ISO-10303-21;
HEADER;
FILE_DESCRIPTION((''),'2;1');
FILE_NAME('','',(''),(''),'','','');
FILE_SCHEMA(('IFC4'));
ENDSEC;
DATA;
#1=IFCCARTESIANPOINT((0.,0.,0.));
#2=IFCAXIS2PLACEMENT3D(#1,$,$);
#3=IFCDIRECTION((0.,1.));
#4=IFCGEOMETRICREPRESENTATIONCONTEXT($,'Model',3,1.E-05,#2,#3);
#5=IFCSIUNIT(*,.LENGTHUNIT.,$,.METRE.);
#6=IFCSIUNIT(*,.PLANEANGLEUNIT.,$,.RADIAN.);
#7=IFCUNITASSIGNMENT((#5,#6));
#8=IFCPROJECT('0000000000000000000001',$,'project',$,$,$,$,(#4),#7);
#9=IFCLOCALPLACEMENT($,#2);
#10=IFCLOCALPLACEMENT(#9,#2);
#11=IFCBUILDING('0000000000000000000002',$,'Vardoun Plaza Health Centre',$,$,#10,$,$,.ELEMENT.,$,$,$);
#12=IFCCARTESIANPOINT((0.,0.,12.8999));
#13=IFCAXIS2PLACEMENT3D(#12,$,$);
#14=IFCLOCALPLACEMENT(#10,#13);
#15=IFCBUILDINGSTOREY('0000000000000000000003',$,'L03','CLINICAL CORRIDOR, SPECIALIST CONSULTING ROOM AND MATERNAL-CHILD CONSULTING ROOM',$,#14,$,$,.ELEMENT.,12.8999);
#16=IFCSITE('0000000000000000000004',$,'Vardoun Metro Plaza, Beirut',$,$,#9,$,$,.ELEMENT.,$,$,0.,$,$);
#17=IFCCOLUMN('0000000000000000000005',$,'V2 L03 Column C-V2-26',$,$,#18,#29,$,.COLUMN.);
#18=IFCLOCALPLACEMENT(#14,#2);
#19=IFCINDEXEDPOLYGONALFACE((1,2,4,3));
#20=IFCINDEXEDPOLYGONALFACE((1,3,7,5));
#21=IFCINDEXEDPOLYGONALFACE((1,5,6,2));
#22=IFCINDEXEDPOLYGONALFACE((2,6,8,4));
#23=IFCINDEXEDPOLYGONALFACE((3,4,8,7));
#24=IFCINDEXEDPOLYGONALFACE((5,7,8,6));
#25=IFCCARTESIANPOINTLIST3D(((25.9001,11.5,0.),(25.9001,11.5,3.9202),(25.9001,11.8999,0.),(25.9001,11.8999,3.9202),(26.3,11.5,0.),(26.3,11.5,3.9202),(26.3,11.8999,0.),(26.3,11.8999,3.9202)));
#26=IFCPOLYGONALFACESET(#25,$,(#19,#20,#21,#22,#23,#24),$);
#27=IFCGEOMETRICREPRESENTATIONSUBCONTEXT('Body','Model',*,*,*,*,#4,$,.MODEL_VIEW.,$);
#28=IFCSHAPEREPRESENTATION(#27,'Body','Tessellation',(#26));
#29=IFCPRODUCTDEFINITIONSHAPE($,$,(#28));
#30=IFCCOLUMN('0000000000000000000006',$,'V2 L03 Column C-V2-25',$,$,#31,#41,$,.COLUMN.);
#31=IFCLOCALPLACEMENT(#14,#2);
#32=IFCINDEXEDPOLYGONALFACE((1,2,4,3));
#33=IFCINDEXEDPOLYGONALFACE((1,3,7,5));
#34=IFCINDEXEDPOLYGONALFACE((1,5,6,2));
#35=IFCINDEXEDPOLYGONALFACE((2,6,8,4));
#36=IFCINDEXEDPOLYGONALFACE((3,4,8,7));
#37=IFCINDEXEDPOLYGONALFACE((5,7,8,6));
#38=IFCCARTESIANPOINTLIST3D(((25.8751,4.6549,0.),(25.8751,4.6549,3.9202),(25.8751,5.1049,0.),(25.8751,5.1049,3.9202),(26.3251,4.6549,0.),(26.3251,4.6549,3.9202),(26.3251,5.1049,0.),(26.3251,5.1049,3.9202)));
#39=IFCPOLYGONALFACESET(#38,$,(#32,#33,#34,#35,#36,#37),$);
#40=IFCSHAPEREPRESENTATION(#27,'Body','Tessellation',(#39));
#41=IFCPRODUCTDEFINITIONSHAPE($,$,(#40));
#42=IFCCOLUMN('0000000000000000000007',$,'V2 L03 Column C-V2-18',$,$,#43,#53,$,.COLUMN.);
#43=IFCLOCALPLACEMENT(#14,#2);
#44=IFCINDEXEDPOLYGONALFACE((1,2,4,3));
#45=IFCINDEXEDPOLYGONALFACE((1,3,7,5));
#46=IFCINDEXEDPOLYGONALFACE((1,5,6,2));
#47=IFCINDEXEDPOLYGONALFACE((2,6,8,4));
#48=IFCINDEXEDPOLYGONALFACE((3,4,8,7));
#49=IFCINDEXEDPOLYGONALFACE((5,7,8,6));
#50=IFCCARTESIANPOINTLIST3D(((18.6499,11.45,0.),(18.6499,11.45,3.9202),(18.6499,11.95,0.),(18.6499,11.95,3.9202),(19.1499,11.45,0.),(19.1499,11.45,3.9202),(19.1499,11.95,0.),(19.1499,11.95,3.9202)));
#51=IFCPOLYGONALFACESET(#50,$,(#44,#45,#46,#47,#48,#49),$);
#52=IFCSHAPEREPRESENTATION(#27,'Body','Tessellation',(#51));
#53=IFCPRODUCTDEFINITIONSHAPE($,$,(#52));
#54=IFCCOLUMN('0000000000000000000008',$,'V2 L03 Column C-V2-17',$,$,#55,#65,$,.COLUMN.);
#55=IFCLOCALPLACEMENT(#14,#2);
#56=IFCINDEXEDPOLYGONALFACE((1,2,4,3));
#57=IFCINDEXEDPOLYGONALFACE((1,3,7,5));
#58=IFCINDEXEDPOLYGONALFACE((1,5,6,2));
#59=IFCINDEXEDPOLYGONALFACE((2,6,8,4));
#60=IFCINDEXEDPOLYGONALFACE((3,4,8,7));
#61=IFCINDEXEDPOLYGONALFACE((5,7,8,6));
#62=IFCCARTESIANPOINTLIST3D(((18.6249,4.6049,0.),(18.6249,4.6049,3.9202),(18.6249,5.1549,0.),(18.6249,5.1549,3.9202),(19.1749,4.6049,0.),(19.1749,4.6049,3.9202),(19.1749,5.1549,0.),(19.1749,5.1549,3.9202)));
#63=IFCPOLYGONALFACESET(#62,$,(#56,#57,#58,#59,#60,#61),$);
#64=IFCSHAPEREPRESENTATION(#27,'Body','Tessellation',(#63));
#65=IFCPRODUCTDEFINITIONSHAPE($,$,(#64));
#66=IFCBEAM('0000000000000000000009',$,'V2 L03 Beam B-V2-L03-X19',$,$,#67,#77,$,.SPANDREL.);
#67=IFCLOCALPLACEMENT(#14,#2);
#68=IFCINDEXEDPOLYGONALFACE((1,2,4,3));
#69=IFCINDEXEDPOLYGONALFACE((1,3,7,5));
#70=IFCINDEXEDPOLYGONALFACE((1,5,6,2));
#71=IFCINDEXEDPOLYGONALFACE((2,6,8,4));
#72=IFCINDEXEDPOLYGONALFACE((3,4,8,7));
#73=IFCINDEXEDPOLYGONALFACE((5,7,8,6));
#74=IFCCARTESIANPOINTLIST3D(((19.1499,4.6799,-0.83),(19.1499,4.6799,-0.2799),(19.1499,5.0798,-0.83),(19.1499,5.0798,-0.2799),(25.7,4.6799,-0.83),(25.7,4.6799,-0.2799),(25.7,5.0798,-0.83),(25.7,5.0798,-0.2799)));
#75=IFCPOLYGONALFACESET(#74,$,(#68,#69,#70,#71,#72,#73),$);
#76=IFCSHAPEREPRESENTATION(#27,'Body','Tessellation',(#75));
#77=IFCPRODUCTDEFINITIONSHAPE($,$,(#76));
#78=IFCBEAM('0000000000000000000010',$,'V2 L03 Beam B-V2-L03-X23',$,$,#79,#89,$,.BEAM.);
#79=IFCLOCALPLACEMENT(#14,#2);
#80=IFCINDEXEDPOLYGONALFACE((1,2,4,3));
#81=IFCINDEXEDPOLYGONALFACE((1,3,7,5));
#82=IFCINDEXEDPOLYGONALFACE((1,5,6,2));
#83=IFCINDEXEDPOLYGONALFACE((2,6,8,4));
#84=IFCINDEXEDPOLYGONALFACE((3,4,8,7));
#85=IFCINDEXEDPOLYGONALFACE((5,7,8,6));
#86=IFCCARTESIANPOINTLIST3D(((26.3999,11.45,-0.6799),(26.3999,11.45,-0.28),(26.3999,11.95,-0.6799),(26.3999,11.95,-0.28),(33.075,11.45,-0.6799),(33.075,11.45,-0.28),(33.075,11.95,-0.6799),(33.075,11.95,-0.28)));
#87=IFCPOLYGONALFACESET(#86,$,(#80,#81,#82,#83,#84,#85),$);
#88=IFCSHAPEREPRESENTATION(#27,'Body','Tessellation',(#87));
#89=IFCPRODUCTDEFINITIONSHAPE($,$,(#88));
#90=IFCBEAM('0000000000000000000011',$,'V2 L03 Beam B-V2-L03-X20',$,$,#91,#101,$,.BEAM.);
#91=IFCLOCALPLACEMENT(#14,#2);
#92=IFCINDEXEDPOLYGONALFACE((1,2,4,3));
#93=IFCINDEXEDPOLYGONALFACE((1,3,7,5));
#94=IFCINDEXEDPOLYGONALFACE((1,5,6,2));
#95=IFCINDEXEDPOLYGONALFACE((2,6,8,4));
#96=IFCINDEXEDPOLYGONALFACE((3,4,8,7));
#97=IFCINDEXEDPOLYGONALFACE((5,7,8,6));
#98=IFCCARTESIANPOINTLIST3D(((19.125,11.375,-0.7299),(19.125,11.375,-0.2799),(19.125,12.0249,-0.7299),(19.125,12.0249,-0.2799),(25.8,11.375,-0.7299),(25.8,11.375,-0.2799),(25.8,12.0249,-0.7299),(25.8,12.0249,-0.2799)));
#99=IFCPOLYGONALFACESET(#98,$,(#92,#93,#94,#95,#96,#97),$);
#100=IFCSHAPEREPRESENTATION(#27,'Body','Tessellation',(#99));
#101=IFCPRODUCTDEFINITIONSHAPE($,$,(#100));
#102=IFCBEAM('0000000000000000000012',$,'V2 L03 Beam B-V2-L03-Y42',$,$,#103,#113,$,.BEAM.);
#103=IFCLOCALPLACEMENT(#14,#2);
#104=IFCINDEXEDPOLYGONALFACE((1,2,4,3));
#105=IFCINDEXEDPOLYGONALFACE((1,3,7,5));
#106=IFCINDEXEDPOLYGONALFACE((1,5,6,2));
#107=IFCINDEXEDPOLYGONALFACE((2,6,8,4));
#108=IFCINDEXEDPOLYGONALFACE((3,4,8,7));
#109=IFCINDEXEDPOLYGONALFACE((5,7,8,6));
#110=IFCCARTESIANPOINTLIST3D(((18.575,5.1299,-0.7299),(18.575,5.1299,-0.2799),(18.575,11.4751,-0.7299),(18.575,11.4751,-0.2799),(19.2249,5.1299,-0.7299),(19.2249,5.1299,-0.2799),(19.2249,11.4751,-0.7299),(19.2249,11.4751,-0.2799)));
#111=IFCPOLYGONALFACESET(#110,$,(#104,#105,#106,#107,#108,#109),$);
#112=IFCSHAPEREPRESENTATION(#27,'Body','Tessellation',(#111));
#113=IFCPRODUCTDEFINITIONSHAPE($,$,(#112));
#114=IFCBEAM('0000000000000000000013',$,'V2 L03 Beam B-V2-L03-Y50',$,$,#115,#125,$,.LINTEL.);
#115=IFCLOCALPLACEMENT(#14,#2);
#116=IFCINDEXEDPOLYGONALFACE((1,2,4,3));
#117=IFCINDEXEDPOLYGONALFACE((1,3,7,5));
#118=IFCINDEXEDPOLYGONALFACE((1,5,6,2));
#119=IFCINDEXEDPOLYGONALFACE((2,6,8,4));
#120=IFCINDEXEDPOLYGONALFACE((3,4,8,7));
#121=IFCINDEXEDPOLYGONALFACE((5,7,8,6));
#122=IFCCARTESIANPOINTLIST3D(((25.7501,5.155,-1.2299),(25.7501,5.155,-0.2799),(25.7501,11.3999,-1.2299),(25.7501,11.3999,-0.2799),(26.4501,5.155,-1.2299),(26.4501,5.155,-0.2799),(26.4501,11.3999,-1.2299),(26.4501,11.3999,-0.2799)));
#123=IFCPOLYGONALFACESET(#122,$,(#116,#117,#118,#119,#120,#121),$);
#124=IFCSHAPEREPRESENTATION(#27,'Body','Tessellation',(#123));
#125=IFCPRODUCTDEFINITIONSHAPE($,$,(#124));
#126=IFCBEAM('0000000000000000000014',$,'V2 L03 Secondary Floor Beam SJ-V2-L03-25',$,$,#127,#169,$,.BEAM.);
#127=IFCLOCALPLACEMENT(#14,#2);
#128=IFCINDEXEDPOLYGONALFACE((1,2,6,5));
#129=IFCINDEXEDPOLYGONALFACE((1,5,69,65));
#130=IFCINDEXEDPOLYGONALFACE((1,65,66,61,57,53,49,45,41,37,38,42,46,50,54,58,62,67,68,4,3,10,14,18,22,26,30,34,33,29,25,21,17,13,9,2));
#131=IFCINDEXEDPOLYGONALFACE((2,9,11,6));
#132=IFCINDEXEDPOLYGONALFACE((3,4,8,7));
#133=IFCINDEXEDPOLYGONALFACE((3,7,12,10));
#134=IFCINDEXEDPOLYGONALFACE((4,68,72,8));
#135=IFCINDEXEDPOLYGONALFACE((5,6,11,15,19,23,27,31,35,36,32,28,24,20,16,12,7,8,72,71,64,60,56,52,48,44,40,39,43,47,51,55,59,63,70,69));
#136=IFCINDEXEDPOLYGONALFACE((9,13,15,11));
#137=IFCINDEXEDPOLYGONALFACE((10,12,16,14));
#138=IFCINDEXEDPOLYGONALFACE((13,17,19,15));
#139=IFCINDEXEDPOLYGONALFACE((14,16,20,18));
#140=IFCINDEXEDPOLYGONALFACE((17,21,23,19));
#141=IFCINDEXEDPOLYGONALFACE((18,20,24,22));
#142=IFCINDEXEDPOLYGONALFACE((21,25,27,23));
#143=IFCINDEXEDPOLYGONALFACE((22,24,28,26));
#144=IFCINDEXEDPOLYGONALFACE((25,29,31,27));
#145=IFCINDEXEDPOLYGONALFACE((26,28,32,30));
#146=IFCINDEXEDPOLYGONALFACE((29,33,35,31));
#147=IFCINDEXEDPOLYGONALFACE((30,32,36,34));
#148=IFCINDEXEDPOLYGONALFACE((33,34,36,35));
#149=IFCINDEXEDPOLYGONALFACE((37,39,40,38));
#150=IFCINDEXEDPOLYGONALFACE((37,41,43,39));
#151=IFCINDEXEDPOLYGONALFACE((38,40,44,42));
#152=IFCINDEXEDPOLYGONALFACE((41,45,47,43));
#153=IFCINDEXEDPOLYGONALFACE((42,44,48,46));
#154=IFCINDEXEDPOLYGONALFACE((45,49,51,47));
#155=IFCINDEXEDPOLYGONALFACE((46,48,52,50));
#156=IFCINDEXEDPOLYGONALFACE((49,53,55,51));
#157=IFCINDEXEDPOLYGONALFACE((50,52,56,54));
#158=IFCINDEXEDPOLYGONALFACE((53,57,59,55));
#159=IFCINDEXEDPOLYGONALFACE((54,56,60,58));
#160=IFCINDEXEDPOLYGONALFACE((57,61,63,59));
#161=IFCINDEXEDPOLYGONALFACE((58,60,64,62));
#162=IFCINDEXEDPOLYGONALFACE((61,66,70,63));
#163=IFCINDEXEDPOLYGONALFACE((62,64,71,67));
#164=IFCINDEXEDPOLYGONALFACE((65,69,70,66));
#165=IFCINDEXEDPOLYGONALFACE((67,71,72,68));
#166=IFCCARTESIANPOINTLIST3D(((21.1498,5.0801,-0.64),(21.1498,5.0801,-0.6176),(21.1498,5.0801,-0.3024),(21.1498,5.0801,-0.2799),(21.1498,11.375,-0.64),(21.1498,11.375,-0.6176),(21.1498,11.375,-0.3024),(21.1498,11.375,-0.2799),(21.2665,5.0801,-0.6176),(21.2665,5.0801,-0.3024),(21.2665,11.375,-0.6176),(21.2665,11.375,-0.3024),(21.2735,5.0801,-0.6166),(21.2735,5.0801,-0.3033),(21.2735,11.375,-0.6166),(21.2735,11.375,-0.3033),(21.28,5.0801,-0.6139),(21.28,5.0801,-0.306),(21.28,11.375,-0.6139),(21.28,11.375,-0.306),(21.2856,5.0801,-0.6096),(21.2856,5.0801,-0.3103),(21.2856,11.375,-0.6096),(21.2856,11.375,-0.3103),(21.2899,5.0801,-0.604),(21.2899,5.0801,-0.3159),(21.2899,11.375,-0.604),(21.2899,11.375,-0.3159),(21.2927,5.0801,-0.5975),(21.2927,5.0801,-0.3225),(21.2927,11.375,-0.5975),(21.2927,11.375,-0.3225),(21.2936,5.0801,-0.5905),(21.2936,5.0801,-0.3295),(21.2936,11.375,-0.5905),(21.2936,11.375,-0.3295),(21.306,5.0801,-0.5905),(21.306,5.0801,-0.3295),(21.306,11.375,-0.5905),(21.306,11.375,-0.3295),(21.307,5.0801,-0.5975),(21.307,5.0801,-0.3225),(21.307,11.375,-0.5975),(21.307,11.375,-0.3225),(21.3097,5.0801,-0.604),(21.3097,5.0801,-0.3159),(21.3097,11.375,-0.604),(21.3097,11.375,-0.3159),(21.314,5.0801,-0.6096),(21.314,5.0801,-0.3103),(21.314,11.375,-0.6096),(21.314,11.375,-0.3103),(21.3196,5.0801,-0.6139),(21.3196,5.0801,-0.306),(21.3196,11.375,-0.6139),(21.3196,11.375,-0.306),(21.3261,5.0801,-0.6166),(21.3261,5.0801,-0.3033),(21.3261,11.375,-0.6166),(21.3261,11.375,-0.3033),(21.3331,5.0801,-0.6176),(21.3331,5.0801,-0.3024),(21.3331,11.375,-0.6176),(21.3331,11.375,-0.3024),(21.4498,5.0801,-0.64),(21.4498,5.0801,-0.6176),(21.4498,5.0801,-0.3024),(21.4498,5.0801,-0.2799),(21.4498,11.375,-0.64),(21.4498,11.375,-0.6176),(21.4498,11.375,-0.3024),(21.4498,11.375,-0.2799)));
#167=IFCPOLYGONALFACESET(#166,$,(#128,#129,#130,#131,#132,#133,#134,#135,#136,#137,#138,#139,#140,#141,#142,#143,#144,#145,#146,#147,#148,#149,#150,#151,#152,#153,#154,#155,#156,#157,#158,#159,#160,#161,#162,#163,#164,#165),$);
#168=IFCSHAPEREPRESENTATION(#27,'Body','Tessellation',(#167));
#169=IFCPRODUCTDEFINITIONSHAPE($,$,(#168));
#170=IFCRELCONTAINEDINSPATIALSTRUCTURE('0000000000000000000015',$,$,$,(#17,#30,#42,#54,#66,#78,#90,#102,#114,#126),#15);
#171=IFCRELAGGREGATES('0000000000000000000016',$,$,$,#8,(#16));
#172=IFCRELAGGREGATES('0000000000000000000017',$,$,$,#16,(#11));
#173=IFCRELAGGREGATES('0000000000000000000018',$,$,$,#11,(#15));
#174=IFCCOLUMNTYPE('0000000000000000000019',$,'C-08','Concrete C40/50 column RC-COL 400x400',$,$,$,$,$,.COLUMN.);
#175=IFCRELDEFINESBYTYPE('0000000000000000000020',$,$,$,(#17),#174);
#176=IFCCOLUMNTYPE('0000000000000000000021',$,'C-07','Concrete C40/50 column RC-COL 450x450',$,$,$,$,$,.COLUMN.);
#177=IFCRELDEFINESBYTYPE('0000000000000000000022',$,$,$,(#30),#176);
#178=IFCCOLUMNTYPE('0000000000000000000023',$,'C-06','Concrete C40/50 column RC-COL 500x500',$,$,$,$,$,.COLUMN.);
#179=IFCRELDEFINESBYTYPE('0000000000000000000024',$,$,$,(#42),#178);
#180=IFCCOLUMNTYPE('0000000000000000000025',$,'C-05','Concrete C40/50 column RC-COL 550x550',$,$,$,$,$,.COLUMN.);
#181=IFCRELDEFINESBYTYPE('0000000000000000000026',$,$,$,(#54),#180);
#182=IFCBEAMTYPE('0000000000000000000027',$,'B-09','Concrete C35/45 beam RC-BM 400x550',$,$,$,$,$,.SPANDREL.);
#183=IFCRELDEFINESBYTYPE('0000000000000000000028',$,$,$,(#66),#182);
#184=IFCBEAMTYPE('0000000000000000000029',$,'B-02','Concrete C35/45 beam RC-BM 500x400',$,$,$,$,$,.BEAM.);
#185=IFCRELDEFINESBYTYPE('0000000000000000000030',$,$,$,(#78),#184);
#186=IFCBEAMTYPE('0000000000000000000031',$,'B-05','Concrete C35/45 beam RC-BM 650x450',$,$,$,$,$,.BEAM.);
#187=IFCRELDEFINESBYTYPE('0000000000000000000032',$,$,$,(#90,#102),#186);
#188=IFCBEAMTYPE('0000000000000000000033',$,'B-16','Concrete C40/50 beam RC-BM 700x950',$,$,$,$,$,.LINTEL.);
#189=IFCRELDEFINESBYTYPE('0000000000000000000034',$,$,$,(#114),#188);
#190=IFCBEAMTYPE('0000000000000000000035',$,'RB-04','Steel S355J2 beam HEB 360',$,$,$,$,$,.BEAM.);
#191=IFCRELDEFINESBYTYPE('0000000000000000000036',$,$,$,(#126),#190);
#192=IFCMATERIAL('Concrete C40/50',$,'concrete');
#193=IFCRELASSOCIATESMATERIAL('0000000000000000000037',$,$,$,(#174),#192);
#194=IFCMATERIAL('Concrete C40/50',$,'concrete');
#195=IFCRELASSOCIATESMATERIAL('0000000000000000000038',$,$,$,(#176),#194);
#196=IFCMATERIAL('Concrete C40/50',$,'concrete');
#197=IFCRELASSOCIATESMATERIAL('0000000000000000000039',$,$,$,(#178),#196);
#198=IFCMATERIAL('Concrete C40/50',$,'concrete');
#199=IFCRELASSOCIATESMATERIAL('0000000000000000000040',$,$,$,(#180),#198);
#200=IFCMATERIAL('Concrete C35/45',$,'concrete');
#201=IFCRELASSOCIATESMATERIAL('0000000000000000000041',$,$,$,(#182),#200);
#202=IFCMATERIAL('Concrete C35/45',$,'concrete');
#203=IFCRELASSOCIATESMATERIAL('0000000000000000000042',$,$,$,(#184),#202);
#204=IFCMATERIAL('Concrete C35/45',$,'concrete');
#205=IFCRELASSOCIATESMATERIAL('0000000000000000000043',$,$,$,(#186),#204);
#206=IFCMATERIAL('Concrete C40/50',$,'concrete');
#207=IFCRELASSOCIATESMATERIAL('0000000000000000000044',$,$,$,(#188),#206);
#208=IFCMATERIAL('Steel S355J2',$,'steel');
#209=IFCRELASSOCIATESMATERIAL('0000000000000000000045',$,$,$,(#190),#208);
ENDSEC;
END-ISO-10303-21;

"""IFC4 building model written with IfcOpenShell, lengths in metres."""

from ifc_helpers import new_model, si_unit, direction, frame, origin, origin_2d, place, context, subcontext, project, spatial, rectangle, i_section, extrude, material, material_profile, profile_set, type_object, element, save


model = new_model("IFC4")

# Units and contexts
model_context = context("Model", 3, precision=1e-05, world=origin(), true_north=direction((0.0, 1.0)))
body_context = subcontext(model_context, "Body", "Model", "MODEL_VIEW")
ifc_project = project(units=[si_unit("LENGTHUNIT", "METRE"), si_unit("PLANEANGLEUNIT", "RADIAN")], contexts=[model_context])

# Site, building, storey
site_placement = place(None, origin())
site = spatial("IfcSite", under=ifc_project, at=site_placement, Name="Vardoun Metro Plaza, Beirut", CompositionType="ELEMENT", RefElevation=0.0)
building_placement = place(site_placement, origin())
building = spatial("IfcBuilding", under=site, at=building_placement, Name="Vardoun Plaza Health Centre", CompositionType="ELEMENT")
storey_placement = place(building_placement, frame((0.0, 0.0, 12.8999)))
storey = spatial("IfcBuildingStorey", under=building, at=storey_placement, Name="L03", Description="CLINICAL CORRIDOR, SPECIALIST CONSULTING ROOM AND MATERNAL-CHILD CONSULTING ROOM", CompositionType="ELEMENT", Elevation=12.8999)

# Columns
ifc_material_1 = material(Name="Concrete C40/50", Category="concrete")
ifc_material_profile_1 = material_profile(ifc_material_1, rectangle(XDim=0.3999, YDim=0.3999, at=origin_2d()), Name="RC-COL 400x400")
ifc_profile_set_1 = profile_set([ifc_material_profile_1], Name="Concrete C40/50")
column_type_1 = type_object("IfcColumnType", Name="C-08", Description="Concrete C40/50 column RC-COL 400x400", PredefinedType="COLUMN", material=ifc_profile_set_1)
column_1_placement = place(storey_placement, frame((26.1001, 11.7, 0.0), z_axis=(0.0, 0.0, 1.0), x_axis=(1.0, 0.0, 0.0)))
element("IfcColumn", 1, at=column_1_placement, inside=storey, type_object=column_type_1, Name="V2 L03 Column C-V2-26", PredefinedType="COLUMN", context=body_context, shape_type="SweptSolid", body=[
    extrude(rectangle(XDim=0.3999, YDim=0.3999, at=origin_2d()), origin(), (0.0, 0.0, 1.0), 3.9202),
])
ifc_material_2 = material(Name="Concrete C40/50", Category="concrete")
ifc_material_profile_2 = material_profile(ifc_material_2, rectangle(XDim=0.45, YDim=0.45, at=origin_2d()), Name="RC-COL 450x450")
ifc_profile_set_2 = profile_set([ifc_material_profile_2], Name="Concrete C40/50")
column_type_2 = type_object("IfcColumnType", Name="C-07", Description="Concrete C40/50 column RC-COL 450x450", PredefinedType="COLUMN", material=ifc_profile_set_2)
column_2_placement = place(storey_placement, frame((26.1001, 4.8799, 0.0), z_axis=(0.0, 0.0, 1.0), x_axis=(1.0, 0.0, 0.0)))
element("IfcColumn", 2, at=column_2_placement, inside=storey, type_object=column_type_2, Name="V2 L03 Column C-V2-25", PredefinedType="COLUMN", context=body_context, shape_type="SweptSolid", body=[
    extrude(rectangle(XDim=0.45, YDim=0.45, at=origin_2d()), origin(), (0.0, 0.0, 1.0), 3.9202),
])
ifc_material_3 = material(Name="Concrete C40/50", Category="concrete")
ifc_material_profile_3 = material_profile(ifc_material_3, rectangle(XDim=0.5, YDim=0.5, at=origin_2d()), Name="RC-COL 500x500")
ifc_profile_set_3 = profile_set([ifc_material_profile_3], Name="Concrete C40/50")
column_type_3 = type_object("IfcColumnType", Name="C-06", Description="Concrete C40/50 column RC-COL 500x500", PredefinedType="COLUMN", material=ifc_profile_set_3)
column_3_placement = place(storey_placement, frame((18.8999, 11.7, 0.0), z_axis=(0.0, 0.0, 1.0), x_axis=(1.0, 0.0, 0.0)))
element("IfcColumn", 3, at=column_3_placement, inside=storey, type_object=column_type_3, Name="V2 L03 Column C-V2-18", PredefinedType="COLUMN", context=body_context, shape_type="SweptSolid", body=[
    extrude(rectangle(XDim=0.5, YDim=0.5, at=origin_2d()), origin(), (0.0, 0.0, 1.0), 3.9202),
])
ifc_material_4 = material(Name="Concrete C40/50", Category="concrete")
ifc_material_profile_4 = material_profile(ifc_material_4, rectangle(XDim=0.55, YDim=0.55, at=origin_2d()), Name="RC-COL 550x550")
ifc_profile_set_4 = profile_set([ifc_material_profile_4], Name="Concrete C40/50")
column_type_4 = type_object("IfcColumnType", Name="C-05", Description="Concrete C40/50 column RC-COL 550x550", PredefinedType="COLUMN", material=ifc_profile_set_4)
column_4_placement = place(storey_placement, frame((18.8999, 4.8799, 0.0), z_axis=(0.0, 0.0, 1.0), x_axis=(1.0, 0.0, 0.0)))
element("IfcColumn", 4, at=column_4_placement, inside=storey, type_object=column_type_4, Name="V2 L03 Column C-V2-17", PredefinedType="COLUMN", context=body_context, shape_type="SweptSolid", body=[
    extrude(rectangle(XDim=0.55, YDim=0.55, at=origin_2d()), origin(), (0.0, 0.0, 1.0), 3.9202),
])

# Beams
ifc_material_5 = material(Name="Concrete C35/45", Category="concrete")
ifc_material_profile_5 = material_profile(ifc_material_5, rectangle(XDim=0.3999, YDim=0.55, at=origin_2d()), Name="RC-BM 400x550")
ifc_profile_set_5 = profile_set([ifc_material_profile_5], Name="Concrete C35/45")
beam_type_1 = type_object("IfcBeamType", Name="B-09", Description="Concrete C35/45 beam RC-BM 400x550", PredefinedType="SPANDREL", material=ifc_profile_set_5)
beam_1_placement = place(storey_placement, frame((19.1499, 4.8799, -0.5549), z_axis=(1.0, 0.0, 0.0), x_axis=(0.0, 1.0, 0.0)))
element("IfcBeam", 5, at=beam_1_placement, inside=storey, type_object=beam_type_1, Name="V2 L03 Beam B-V2-L03-X19", PredefinedType="SPANDREL", context=body_context, shape_type="SweptSolid", body=[
    extrude(rectangle(XDim=0.3999, YDim=0.55, at=origin_2d()), origin(), (0.0, 0.0, 1.0), 6.55),
])
ifc_material_6 = material(Name="Concrete C35/45", Category="concrete")
ifc_material_profile_6 = material_profile(ifc_material_6, rectangle(XDim=0.5, YDim=0.3999, at=origin_2d()), Name="RC-BM 500x400")
ifc_profile_set_6 = profile_set([ifc_material_profile_6], Name="Concrete C35/45")
beam_type_2 = type_object("IfcBeamType", Name="B-02", Description="Concrete C35/45 beam RC-BM 500x400", PredefinedType="BEAM", material=ifc_profile_set_6)
beam_2_placement = place(storey_placement, frame((26.3999, 11.7, -0.48), z_axis=(1.0, 0.0, 0.0), x_axis=(0.0, 1.0, 0.0)))
element("IfcBeam", 6, at=beam_2_placement, inside=storey, type_object=beam_type_2, Name="V2 L03 Beam B-V2-L03-X23", PredefinedType="BEAM", context=body_context, shape_type="SweptSolid", body=[
    extrude(rectangle(XDim=0.5, YDim=0.3999, at=origin_2d()), origin(), (0.0, 0.0, 1.0), 6.675),
])
ifc_material_7 = material(Name="Concrete C35/45", Category="concrete")
ifc_material_profile_7 = material_profile(ifc_material_7, rectangle(XDim=0.6499, YDim=0.45, at=origin_2d()), Name="RC-BM 650x450")
ifc_profile_set_7 = profile_set([ifc_material_profile_7], Name="Concrete C35/45")
beam_type_3 = type_object("IfcBeamType", Name="B-05", Description="Concrete C35/45 beam RC-BM 650x450", PredefinedType="BEAM", material=ifc_profile_set_7)
beam_3_placement = place(storey_placement, frame((19.125, 11.7, -0.5049), z_axis=(1.0, 0.0, 0.0), x_axis=(0.0, 1.0, 0.0)))
element("IfcBeam", 7, at=beam_3_placement, inside=storey, type_object=beam_type_3, Name="V2 L03 Beam B-V2-L03-X20", PredefinedType="BEAM", context=body_context, shape_type="SweptSolid", body=[
    extrude(rectangle(XDim=0.6499, YDim=0.45, at=origin_2d()), origin(), (0.0, 0.0, 1.0), 6.675),
])
beam_4_placement = place(storey_placement, frame((18.8999, 5.1299, -0.5049), z_axis=(0.0, 1.0, 0.0), x_axis=(-1.0, 0.0, 0.0)))
element("IfcBeam", 8, at=beam_4_placement, inside=storey, type_object=beam_type_3, Name="V2 L03 Beam B-V2-L03-Y42", PredefinedType="BEAM", context=body_context, shape_type="SweptSolid", body=[
    extrude(rectangle(XDim=0.6499, YDim=0.45, at=origin_2d()), origin(), (0.0, 0.0, 1.0), 6.3452),
])
ifc_material_8 = material(Name="Concrete C40/50", Category="concrete")
ifc_material_profile_8 = material_profile(ifc_material_8, rectangle(XDim=0.7, YDim=0.95, at=origin_2d()), Name="RC-BM 700x950")
ifc_profile_set_8 = profile_set([ifc_material_profile_8], Name="Concrete C40/50")
beam_type_4 = type_object("IfcBeamType", Name="B-16", Description="Concrete C40/50 beam RC-BM 700x950", PredefinedType="LINTEL", material=ifc_profile_set_8)
beam_5_placement = place(storey_placement, frame((26.1001, 5.155, -0.7549), z_axis=(0.0, 1.0, 0.0), x_axis=(-1.0, 0.0, 0.0)))
element("IfcBeam", 9, at=beam_5_placement, inside=storey, type_object=beam_type_4, Name="V2 L03 Beam B-V2-L03-Y50", PredefinedType="LINTEL", context=body_context, shape_type="SweptSolid", body=[
    extrude(rectangle(XDim=0.7, YDim=0.95, at=origin_2d()), origin(), (0.0, 0.0, 1.0), 6.2449),
])
ifc_material_9 = material(Name="Steel S355J2", Category="steel")
ifc_material_profile_9 = material_profile(ifc_material_9, i_section(OverallWidth=0.3, OverallDepth=0.3601, WebThickness=0.0125, FlangeThickness=0.0225, FilletRadius=0.0271, at=origin_2d()), Name="HEB 360")
ifc_profile_set_9 = profile_set([ifc_material_profile_9], Name="Steel S355J2")
beam_type_5 = type_object("IfcBeamType", Name="RB-04", Description="Steel S355J2 beam HEB 360", PredefinedType="BEAM", material=ifc_profile_set_9)
beam_6_placement = place(storey_placement, frame((21.2998, 5.0801, -0.46), z_axis=(0.0, 1.0, 0.0), x_axis=(-1.0, 0.0, 0.0)))
element("IfcBeam", 10, at=beam_6_placement, inside=storey, type_object=beam_type_5, Name="V2 L03 Secondary Floor Beam SJ-V2-L03-25", PredefinedType="BEAM", context=body_context, shape_type="SweptSolid", body=[
    extrude(i_section(OverallWidth=0.3, OverallDepth=0.3601, WebThickness=0.0125, FlangeThickness=0.0225, FilletRadius=0.0271, at=origin_2d()), origin(), (0.0, 0.0, 1.0), 6.2949),
])

save(model, "model.ifc")
